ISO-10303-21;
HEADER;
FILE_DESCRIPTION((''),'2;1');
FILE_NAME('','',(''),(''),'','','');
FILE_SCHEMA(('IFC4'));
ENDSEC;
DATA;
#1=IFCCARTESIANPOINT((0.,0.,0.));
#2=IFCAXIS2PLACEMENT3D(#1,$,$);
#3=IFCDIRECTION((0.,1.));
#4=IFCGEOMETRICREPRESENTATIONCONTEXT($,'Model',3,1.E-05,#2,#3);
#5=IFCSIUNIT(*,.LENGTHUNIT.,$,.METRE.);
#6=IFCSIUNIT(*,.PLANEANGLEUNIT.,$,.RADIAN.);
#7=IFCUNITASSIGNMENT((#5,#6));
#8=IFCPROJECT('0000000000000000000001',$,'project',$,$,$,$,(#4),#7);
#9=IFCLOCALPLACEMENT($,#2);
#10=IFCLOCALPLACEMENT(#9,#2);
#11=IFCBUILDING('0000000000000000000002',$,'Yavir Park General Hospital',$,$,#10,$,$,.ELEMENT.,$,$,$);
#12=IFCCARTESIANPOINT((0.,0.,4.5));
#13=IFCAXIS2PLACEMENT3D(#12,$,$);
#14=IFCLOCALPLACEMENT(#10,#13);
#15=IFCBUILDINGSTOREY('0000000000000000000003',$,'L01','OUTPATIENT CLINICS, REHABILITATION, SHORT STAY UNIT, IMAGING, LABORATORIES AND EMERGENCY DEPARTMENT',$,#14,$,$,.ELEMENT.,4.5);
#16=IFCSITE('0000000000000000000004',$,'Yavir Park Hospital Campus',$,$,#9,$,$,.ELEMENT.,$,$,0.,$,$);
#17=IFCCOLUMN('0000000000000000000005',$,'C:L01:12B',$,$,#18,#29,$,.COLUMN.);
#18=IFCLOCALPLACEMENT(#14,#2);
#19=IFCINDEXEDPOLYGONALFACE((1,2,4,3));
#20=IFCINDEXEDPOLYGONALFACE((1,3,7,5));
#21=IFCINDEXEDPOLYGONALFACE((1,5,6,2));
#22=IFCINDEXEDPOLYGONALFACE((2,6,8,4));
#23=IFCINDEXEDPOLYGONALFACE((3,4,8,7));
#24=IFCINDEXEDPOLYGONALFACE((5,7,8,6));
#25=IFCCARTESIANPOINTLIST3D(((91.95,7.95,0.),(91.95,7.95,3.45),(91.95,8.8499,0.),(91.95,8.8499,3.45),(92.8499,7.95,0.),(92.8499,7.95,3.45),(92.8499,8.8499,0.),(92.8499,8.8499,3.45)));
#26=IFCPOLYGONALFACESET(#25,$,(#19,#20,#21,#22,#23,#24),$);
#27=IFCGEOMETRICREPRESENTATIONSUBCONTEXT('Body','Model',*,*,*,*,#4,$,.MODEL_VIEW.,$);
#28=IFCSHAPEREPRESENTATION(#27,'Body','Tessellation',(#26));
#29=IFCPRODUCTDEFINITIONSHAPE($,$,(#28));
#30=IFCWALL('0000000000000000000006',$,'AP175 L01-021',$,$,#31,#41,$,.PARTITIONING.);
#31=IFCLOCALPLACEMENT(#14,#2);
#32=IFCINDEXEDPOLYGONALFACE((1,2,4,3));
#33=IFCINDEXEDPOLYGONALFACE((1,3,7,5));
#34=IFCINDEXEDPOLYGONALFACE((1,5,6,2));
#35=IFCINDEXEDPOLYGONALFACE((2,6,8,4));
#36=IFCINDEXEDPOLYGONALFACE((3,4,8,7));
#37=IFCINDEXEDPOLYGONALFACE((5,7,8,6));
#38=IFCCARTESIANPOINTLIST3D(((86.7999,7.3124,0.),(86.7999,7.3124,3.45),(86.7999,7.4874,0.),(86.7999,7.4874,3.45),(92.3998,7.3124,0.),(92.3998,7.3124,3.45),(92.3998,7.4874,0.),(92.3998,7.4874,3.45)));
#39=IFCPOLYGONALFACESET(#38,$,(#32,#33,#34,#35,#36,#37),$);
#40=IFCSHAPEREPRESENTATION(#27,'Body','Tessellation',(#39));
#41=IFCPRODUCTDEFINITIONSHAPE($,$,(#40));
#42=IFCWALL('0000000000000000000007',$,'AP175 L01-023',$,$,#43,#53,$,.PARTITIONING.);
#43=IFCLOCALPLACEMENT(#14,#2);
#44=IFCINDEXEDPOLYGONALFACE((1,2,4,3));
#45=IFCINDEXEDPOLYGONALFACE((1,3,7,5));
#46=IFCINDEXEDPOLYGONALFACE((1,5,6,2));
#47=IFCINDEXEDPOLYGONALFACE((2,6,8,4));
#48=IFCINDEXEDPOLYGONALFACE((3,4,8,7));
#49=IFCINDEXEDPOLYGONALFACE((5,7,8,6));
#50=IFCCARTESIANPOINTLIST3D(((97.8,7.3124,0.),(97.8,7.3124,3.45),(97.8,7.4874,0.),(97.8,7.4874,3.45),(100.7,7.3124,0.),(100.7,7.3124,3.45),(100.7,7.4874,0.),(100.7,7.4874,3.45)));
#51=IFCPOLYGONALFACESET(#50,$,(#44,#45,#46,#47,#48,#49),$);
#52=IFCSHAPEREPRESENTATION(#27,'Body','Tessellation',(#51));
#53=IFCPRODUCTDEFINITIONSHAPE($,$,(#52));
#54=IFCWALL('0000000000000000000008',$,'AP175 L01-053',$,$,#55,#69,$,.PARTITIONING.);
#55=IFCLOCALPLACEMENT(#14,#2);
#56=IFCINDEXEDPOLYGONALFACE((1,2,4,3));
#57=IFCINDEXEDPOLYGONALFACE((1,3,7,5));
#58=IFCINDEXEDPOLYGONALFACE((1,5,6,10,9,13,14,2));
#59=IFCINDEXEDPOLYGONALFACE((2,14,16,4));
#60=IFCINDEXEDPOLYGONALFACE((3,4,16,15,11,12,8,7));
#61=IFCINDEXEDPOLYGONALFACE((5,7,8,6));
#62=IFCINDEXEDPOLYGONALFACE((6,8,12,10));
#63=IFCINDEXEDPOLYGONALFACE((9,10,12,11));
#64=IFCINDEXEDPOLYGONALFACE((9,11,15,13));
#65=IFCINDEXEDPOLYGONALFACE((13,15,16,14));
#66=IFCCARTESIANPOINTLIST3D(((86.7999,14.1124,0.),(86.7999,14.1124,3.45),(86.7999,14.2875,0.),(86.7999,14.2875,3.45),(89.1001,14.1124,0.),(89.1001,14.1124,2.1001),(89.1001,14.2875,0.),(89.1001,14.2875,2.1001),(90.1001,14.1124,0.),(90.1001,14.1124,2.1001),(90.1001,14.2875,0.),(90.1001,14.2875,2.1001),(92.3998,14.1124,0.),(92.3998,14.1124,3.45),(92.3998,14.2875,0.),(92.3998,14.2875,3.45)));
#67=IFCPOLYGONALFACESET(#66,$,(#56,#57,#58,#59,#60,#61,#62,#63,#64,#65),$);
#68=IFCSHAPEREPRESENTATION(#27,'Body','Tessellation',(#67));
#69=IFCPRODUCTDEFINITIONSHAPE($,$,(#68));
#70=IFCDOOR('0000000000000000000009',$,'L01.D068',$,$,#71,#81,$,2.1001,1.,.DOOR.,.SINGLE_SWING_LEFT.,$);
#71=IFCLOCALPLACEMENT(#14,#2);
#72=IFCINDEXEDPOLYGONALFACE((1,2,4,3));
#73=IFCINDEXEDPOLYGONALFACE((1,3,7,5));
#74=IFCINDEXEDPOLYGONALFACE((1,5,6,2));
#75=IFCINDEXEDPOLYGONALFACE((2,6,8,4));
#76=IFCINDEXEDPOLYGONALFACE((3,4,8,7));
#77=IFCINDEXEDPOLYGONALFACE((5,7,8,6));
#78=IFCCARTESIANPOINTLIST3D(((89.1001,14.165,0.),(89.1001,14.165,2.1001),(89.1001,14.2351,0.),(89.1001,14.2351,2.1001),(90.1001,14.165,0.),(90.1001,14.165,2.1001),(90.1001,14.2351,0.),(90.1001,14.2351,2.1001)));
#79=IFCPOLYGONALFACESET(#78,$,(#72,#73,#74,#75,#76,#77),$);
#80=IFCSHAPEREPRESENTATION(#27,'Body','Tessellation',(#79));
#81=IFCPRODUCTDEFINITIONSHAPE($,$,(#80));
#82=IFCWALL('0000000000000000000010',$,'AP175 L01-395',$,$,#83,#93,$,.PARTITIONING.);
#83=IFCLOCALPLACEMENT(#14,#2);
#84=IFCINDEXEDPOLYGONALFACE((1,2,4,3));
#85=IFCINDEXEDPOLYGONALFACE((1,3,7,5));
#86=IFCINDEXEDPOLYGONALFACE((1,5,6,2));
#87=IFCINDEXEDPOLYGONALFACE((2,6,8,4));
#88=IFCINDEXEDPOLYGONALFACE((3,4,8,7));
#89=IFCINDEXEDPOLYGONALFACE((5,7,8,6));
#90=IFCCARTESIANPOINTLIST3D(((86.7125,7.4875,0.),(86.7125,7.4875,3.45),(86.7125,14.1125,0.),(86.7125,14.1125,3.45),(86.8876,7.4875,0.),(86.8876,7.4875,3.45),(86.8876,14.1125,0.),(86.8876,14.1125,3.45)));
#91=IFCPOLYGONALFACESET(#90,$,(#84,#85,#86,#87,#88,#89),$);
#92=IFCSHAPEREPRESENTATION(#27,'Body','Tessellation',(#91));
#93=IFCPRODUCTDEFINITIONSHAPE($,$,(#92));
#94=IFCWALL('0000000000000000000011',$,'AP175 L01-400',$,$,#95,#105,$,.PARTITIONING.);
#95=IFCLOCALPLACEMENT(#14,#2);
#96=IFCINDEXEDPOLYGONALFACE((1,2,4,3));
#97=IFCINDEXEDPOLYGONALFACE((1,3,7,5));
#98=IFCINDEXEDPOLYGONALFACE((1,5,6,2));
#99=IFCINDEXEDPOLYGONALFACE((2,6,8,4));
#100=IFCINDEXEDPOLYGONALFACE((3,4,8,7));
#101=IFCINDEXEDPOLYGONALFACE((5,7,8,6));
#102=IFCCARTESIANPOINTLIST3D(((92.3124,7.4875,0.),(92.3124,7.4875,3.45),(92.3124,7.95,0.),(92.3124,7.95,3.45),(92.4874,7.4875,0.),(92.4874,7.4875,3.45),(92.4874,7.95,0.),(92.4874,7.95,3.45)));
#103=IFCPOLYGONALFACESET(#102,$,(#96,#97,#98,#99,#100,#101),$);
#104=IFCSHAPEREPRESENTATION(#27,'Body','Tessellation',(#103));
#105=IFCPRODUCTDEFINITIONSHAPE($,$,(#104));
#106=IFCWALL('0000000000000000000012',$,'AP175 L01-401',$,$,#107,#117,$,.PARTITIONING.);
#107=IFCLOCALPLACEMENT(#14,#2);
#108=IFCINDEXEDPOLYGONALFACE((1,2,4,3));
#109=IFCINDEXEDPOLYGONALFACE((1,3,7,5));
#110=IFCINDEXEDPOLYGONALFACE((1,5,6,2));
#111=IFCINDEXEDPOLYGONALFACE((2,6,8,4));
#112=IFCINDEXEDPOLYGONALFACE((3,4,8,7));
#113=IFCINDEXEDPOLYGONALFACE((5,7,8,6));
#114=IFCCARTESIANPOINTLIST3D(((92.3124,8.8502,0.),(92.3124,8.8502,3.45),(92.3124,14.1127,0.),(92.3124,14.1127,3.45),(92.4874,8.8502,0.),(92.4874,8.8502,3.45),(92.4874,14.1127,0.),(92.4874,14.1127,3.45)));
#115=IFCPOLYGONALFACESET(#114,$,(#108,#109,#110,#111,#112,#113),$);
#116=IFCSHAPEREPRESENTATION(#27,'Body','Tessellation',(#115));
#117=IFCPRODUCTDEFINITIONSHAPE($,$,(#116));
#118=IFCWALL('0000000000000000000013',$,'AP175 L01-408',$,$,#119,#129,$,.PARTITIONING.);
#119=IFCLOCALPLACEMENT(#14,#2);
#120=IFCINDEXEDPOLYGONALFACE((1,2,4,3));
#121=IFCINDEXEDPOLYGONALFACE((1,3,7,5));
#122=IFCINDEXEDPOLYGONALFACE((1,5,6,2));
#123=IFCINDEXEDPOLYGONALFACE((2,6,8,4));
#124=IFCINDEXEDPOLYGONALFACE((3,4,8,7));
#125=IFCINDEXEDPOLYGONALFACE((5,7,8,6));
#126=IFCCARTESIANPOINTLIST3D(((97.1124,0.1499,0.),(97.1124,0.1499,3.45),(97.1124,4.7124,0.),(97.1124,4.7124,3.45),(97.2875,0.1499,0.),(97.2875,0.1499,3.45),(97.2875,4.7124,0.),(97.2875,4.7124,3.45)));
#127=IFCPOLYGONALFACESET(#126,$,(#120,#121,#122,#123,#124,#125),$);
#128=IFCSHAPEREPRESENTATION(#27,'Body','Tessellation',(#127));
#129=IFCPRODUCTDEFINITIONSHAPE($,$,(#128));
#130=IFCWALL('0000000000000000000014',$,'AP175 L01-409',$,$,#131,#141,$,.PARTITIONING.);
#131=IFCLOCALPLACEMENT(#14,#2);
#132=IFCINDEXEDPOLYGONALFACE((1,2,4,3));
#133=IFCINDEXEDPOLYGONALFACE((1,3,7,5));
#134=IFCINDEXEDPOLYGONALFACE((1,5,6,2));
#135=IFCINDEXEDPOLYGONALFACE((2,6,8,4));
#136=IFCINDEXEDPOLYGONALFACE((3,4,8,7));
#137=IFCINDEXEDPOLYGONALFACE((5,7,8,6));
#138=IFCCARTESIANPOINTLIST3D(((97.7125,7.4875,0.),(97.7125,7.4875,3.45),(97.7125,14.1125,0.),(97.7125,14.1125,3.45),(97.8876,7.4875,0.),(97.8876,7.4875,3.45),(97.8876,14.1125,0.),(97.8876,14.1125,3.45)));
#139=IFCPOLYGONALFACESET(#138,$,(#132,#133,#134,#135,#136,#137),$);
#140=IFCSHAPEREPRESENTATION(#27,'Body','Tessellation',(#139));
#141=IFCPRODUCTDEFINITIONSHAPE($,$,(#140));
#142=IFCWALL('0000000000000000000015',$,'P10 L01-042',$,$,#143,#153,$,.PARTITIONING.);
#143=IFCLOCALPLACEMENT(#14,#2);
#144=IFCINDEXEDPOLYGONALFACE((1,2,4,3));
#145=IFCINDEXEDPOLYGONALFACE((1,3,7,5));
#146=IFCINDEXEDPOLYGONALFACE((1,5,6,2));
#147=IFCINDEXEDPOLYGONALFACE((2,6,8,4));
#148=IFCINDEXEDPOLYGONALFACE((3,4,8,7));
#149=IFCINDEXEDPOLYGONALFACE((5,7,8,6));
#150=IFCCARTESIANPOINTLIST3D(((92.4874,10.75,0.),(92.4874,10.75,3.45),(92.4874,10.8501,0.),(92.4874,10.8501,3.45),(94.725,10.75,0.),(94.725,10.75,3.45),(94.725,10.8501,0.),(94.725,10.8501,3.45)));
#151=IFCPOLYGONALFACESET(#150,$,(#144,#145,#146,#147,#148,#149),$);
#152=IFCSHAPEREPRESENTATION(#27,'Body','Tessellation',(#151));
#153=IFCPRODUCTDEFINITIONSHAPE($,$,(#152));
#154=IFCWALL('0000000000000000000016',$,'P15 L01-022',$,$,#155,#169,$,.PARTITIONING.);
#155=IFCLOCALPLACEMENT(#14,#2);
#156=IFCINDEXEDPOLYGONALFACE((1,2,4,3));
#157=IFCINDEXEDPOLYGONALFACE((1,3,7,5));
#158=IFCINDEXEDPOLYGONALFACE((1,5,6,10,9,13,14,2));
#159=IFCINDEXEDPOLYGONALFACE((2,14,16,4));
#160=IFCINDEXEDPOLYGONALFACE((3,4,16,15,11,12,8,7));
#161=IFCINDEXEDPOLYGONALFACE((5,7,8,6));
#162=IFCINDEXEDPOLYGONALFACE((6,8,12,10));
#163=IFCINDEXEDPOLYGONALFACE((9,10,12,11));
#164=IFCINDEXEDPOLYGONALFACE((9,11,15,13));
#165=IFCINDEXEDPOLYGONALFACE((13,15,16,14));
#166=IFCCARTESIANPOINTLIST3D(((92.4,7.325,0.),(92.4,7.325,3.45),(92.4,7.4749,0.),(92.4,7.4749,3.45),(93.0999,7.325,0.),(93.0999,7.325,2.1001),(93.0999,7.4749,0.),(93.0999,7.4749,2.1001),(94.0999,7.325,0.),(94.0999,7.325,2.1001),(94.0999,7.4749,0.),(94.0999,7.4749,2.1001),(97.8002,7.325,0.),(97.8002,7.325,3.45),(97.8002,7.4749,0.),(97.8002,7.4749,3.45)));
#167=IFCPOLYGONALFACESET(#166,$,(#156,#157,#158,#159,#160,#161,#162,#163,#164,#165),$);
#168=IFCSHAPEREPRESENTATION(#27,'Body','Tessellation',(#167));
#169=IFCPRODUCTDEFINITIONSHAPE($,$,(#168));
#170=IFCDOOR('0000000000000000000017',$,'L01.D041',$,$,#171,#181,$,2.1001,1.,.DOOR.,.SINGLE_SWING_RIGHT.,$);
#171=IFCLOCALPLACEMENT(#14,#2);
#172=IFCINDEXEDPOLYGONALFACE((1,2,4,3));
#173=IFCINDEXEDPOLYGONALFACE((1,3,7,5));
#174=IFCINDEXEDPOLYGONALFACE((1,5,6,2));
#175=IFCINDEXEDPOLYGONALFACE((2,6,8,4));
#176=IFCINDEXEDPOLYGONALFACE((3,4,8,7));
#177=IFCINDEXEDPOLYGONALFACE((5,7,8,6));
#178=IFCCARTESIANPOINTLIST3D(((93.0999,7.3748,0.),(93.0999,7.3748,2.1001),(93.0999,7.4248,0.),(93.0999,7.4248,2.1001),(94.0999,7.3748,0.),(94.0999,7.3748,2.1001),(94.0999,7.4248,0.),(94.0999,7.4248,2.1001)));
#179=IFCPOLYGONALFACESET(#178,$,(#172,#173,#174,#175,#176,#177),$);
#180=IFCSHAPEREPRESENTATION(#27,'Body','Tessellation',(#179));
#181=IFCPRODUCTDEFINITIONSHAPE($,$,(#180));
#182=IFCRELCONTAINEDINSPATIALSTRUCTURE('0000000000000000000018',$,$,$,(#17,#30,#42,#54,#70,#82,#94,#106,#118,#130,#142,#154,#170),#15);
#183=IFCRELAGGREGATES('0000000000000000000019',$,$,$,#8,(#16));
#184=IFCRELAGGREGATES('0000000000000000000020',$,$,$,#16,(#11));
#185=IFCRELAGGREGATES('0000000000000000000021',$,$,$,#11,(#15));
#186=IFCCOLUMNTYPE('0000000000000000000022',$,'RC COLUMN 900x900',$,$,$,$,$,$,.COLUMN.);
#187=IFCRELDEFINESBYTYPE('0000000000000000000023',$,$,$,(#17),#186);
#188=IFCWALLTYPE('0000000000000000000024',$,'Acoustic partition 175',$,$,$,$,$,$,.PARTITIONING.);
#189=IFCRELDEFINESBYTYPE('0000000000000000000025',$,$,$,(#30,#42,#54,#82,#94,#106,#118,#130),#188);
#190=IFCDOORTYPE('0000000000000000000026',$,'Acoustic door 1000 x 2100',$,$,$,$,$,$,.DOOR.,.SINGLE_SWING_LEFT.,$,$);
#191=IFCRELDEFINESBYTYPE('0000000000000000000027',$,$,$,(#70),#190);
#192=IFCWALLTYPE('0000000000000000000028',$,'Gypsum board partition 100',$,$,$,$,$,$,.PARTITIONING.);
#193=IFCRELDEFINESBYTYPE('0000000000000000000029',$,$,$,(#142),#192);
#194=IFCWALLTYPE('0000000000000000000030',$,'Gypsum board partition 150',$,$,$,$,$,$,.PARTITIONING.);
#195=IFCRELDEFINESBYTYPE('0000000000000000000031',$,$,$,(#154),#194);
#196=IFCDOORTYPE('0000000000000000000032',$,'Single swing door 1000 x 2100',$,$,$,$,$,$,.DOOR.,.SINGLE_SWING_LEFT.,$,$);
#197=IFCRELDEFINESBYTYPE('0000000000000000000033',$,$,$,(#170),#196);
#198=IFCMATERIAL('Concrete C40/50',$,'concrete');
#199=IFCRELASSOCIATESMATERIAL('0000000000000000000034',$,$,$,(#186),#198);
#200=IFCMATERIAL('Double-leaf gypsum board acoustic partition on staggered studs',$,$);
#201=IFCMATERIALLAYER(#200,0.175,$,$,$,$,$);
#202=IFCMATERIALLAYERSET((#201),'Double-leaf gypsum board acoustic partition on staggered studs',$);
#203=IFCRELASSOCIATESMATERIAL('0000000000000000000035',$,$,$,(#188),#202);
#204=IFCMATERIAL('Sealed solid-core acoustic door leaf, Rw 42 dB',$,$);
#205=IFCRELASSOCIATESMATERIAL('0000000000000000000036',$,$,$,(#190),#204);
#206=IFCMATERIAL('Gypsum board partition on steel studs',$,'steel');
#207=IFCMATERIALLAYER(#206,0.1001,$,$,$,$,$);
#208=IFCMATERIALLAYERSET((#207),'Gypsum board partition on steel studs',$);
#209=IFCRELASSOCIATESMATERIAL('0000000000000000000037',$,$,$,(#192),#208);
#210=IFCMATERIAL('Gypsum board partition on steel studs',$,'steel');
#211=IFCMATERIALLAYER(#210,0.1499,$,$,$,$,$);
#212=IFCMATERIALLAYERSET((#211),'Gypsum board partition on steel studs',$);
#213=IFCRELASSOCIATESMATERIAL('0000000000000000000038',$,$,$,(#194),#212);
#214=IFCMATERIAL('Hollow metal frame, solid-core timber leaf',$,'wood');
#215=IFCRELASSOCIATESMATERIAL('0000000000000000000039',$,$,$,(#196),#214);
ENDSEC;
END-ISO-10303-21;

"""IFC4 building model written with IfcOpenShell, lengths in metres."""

from ifc_helpers import new_model, si_unit, direction, frame, frame_2d, origin, origin_2d, place, context, subcontext, project, spatial, rectangle, extrude, material, layer, layer_set, material_profile, profile_set, type_object, element, fill, save


model = new_model("IFC4")

# Units and contexts
model_context = context("Model", 3, precision=1e-05, world=origin(), true_north=direction((0.0, 1.0)))
body_context = subcontext(model_context, "Body", "Model", "MODEL_VIEW")
ifc_project = project(units=[si_unit("LENGTHUNIT", "METRE"), si_unit("PLANEANGLEUNIT", "RADIAN")], contexts=[model_context])

# Site, building, storey
site_placement = place(None, origin())
site = spatial("IfcSite", under=ifc_project, at=site_placement, Name="Yavir Park Hospital Campus", CompositionType="ELEMENT", RefElevation=0.0)
building_placement = place(site_placement, origin())
building = spatial("IfcBuilding", under=site, at=building_placement, Name="Yavir Park General Hospital", CompositionType="ELEMENT")
storey_placement = place(building_placement, frame((0.0, 0.0, 4.5)))
storey = spatial("IfcBuildingStorey", under=building, at=storey_placement, Name="L01", Description="OUTPATIENT CLINICS, REHABILITATION, SHORT STAY UNIT, IMAGING, LABORATORIES AND EMERGENCY DEPARTMENT", CompositionType="ELEMENT", Elevation=4.5)

# Column
ifc_material_1 = material(Name="Concrete C40/50", Category="concrete")
ifc_material_profile = material_profile(ifc_material_1, rectangle(XDim=0.8999, YDim=0.8999, at=origin_2d()), Name="RC900x900")
ifc_profile_set = profile_set([ifc_material_profile], Name="Concrete C40/50")
column_type = type_object("IfcColumnType", Name="RC COLUMN 900x900", PredefinedType="COLUMN", material=ifc_profile_set)
column_placement = place(storey_placement, frame((92.3999, 8.3999, 0.0), z_axis=(0.0, 0.0, 1.0), x_axis=(1.0, 0.0, 0.0)))
element("IfcColumn", 1, at=column_placement, inside=storey, type_object=column_type, Name="C:L01:12B", PredefinedType="COLUMN", context=body_context, shape_type="SweptSolid", body=[
    extrude(rectangle(XDim=0.8999, YDim=0.8999, at=origin_2d()), origin(), (0.0, 0.0, 1.0), 3.45),
])

# Walls
ifc_material_2 = material(Name="Double-leaf gypsum board acoustic partition on staggered studs")
ifc_layer_1 = layer(ifc_material_2, 0.175)
ifc_layer_set_1 = layer_set([ifc_layer_1], Name="Double-leaf gypsum board acoustic partition on staggered studs")
wall_type_1 = type_object("IfcWallType", Name="Acoustic partition 175", PredefinedType="PARTITIONING", material=ifc_layer_set_1)
wall_1_placement = place(storey_placement, frame((86.8, 7.3999, 0.0), z_axis=(0.0, 0.0, 1.0), x_axis=(1.0, 0.0, 0.0)))
element("IfcWall", 2, at=wall_1_placement, inside=storey, type_object=wall_type_1, Name="AP175 L01-021", PredefinedType="PARTITIONING", context=body_context, shape_type="SweptSolid", body=[
    extrude(rectangle(XDim=5.5999, YDim=0.175, at=frame_2d((2.7998, 0.0))), origin(), (0.0, 0.0, 1.0), 3.45),
])
wall_2_placement = place(storey_placement, frame((97.8, 7.3999, 0.0), z_axis=(0.0, 0.0, 1.0), x_axis=(1.0, 0.0, 0.0)))
element("IfcWall", 3, at=wall_2_placement, inside=storey, type_object=wall_type_1, Name="AP175 L01-023", PredefinedType="PARTITIONING", context=body_context, shape_type="SweptSolid", body=[
    extrude(rectangle(XDim=2.8999, YDim=0.175, at=frame_2d((1.45, 0.0))), origin(), (0.0, 0.0, 1.0), 3.45),
])

# Wall, opening, door
wall_3_placement = place(storey_placement, frame((86.8, 14.2, 0.0), z_axis=(0.0, 0.0, 1.0), x_axis=(1.0, 0.0, 0.0)))
wall_3 = element("IfcWall", 4, at=wall_3_placement, inside=storey, type_object=wall_type_1, Name="AP175 L01-053", PredefinedType="PARTITIONING", context=body_context, shape_type="SweptSolid", body=[
    extrude(rectangle(XDim=5.5999, YDim=0.175, at=frame_2d((2.7998, 0.0))), origin(), (0.0, 0.0, 1.0), 3.45),
])
opening_1_placement = place(wall_3_placement, frame((2.3, 0.0, 0.0)))
opening_1 = element("IfcOpeningElement", 5, at=opening_1_placement, cuts=wall_3, PredefinedType="OPENING", context=body_context, shape_type="SweptSolid", body=[
    extrude(rectangle(XDim=1.0, YDim=2.1001, at=frame_2d((0.5, 1.05))), frame((0.0, 0.0974, 0.0), z_axis=(0.0, -1.0, 0.0), x_axis=(1.0, 0.0, 0.0)), (0.0, 0.0, 1.0), 0.1951),
])
ifc_material_3 = material(Name="Sealed solid-core acoustic door leaf, Rw 42 dB")
door_type_1 = type_object("IfcDoorType", Name="Acoustic door 1000 x 2100", OperationType="SINGLE_SWING_LEFT", PredefinedType="DOOR", material=ifc_material_3)
door_1_placement = place(opening_1_placement, origin())
door_1 = element("IfcDoor", 6, at=door_1_placement, inside=storey, type_object=door_type_1, Name="L01.D068", OperationType="SINGLE_SWING_LEFT", OverallHeight=2.1001, OverallWidth=1.0, PredefinedType="DOOR", context=body_context, shape_type="SweptSolid", body=[
    extrude(rectangle(XDim=1.0, YDim=2.1001, at=frame_2d((0.5, 1.05))), frame((0.0, 0.0352, 0.0), z_axis=(0.0, -1.0, 0.0), x_axis=(1.0, 0.0, 0.0)), (0.0, 0.0, 1.0), 0.0701),
])
fill(opening_1, door_1)

# Walls
wall_4_placement = place(storey_placement, frame((86.8, 7.4875, 0.0), z_axis=(0.0, 0.0, 1.0), x_axis=(0.0, 1.0, 0.0)))
element("IfcWall", 7, at=wall_4_placement, inside=storey, type_object=wall_type_1, Name="AP175 L01-395", PredefinedType="PARTITIONING", context=body_context, shape_type="SweptSolid", body=[
    extrude(rectangle(XDim=6.625, YDim=0.175, at=frame_2d((3.3125, 0.0))), origin(), (0.0, 0.0, 1.0), 3.45),
])
wall_5_placement = place(storey_placement, frame((92.3999, 7.4875, 0.0), z_axis=(0.0, 0.0, 1.0), x_axis=(0.0, 1.0, 0.0)))
element("IfcWall", 8, at=wall_5_placement, inside=storey, type_object=wall_type_1, Name="AP175 L01-400", PredefinedType="PARTITIONING", context=body_context, shape_type="SweptSolid", body=[
    extrude(rectangle(XDim=0.4624, YDim=0.175, at=frame_2d((0.2312, 0.0))), origin(), (0.0, 0.0, 1.0), 3.45),
])
wall_6_placement = place(storey_placement, frame((92.3999, 8.8501, 0.0), z_axis=(0.0, 0.0, 1.0), x_axis=(0.0, 1.0, 0.0)))
element("IfcWall", 9, at=wall_6_placement, inside=storey, type_object=wall_type_1, Name="AP175 L01-401", PredefinedType="PARTITIONING", context=body_context, shape_type="SweptSolid", body=[
    extrude(rectangle(XDim=5.2625, YDim=0.175, at=frame_2d((2.6313, 0.0))), origin(), (0.0, 0.0, 1.0), 3.45),
])
wall_7_placement = place(storey_placement, frame((97.2, 0.1499, 0.0), z_axis=(0.0, 0.0, 1.0), x_axis=(0.0, 1.0, 0.0)))
element("IfcWall", 10, at=wall_7_placement, inside=storey, type_object=wall_type_1, Name="AP175 L01-408", PredefinedType="PARTITIONING", context=body_context, shape_type="SweptSolid", body=[
    extrude(rectangle(XDim=4.5625, YDim=0.175, at=frame_2d((2.2812, 0.0))), origin(), (0.0, 0.0, 1.0), 3.45),
])
wall_8_placement = place(storey_placement, frame((97.8, 7.4875, 0.0), z_axis=(0.0, 0.0, 1.0), x_axis=(0.0, 1.0, 0.0)))
element("IfcWall", 11, at=wall_8_placement, inside=storey, type_object=wall_type_1, Name="AP175 L01-409", PredefinedType="PARTITIONING", context=body_context, shape_type="SweptSolid", body=[
    extrude(rectangle(XDim=6.625, YDim=0.175, at=frame_2d((3.3125, 0.0))), origin(), (0.0, 0.0, 1.0), 3.45),
])
ifc_material_4 = material(Name="Gypsum board partition on steel studs", Category="steel")
ifc_layer_2 = layer(ifc_material_4, 0.1001)
ifc_layer_set_2 = layer_set([ifc_layer_2], Name="Gypsum board partition on steel studs")
wall_type_2 = type_object("IfcWallType", Name="Gypsum board partition 100", PredefinedType="PARTITIONING", material=ifc_layer_set_2)
wall_9_placement = place(storey_placement, frame((92.4875, 10.8, 0.0), z_axis=(0.0, 0.0, 1.0), x_axis=(1.0, 0.0, 0.0)))
element("IfcWall", 12, at=wall_9_placement, inside=storey, type_object=wall_type_2, Name="P10 L01-042", PredefinedType="PARTITIONING", context=body_context, shape_type="SweptSolid", body=[
    extrude(rectangle(XDim=2.2375, YDim=0.1001, at=frame_2d((1.1187, 0.0))), origin(), (0.0, 0.0, 1.0), 3.45),
])

# Wall, opening, door
ifc_material_5 = material(Name="Gypsum board partition on steel studs", Category="steel")
ifc_layer_3 = layer(ifc_material_5, 0.1499)
ifc_layer_set_3 = layer_set([ifc_layer_3], Name="Gypsum board partition on steel studs")
wall_type_3 = type_object("IfcWallType", Name="Gypsum board partition 150", PredefinedType="PARTITIONING", material=ifc_layer_set_3)
wall_10_placement = place(storey_placement, frame((92.3999, 7.3999, 0.0), z_axis=(0.0, 0.0, 1.0), x_axis=(1.0, 0.0, 0.0)))
wall_10 = element("IfcWall", 13, at=wall_10_placement, inside=storey, type_object=wall_type_3, Name="P15 L01-022", PredefinedType="PARTITIONING", context=body_context, shape_type="SweptSolid", body=[
    extrude(rectangle(XDim=5.4001, YDim=0.1499, at=frame_2d((2.7002, 0.0))), origin(), (0.0, 0.0, 1.0), 3.45),
])
opening_2_placement = place(wall_10_placement, frame((0.7, 0.0, 0.0)))
opening_2 = element("IfcOpeningElement", 14, at=opening_2_placement, cuts=wall_10, PredefinedType="OPENING", context=body_context, shape_type="SweptSolid", body=[
    extrude(rectangle(XDim=1.0, YDim=2.1001, at=frame_2d((0.5, 1.05))), frame((0.0, 0.085, 0.0), z_axis=(0.0, -1.0, 0.0), x_axis=(1.0, 0.0, 0.0)), (0.0, 0.0, 1.0), 0.1699),
])
ifc_material_6 = material(Name="Hollow metal frame, solid-core timber leaf", Category="wood")
door_type_2 = type_object("IfcDoorType", Name="Single swing door 1000 x 2100", OperationType="SINGLE_SWING_LEFT", PredefinedType="DOOR", material=ifc_material_6)
door_2_placement = place(opening_2_placement, origin())
door_2 = element("IfcDoor", 15, at=door_2_placement, inside=storey, type_object=door_type_2, Name="L01.D041", OperationType="SINGLE_SWING_RIGHT", OverallHeight=2.1001, OverallWidth=1.0, PredefinedType="DOOR", context=body_context, shape_type="SweptSolid", body=[
    extrude(rectangle(XDim=1.0, YDim=2.1001, at=frame_2d((0.5, 1.05))), frame((0.0, 0.0249, 0.0), z_axis=(0.0, -1.0, 0.0), x_axis=(1.0, 0.0, 0.0)), (0.0, 0.0, 1.0), 0.05),
])
fill(opening_2, door_2)

save(model, "model.ifc")
